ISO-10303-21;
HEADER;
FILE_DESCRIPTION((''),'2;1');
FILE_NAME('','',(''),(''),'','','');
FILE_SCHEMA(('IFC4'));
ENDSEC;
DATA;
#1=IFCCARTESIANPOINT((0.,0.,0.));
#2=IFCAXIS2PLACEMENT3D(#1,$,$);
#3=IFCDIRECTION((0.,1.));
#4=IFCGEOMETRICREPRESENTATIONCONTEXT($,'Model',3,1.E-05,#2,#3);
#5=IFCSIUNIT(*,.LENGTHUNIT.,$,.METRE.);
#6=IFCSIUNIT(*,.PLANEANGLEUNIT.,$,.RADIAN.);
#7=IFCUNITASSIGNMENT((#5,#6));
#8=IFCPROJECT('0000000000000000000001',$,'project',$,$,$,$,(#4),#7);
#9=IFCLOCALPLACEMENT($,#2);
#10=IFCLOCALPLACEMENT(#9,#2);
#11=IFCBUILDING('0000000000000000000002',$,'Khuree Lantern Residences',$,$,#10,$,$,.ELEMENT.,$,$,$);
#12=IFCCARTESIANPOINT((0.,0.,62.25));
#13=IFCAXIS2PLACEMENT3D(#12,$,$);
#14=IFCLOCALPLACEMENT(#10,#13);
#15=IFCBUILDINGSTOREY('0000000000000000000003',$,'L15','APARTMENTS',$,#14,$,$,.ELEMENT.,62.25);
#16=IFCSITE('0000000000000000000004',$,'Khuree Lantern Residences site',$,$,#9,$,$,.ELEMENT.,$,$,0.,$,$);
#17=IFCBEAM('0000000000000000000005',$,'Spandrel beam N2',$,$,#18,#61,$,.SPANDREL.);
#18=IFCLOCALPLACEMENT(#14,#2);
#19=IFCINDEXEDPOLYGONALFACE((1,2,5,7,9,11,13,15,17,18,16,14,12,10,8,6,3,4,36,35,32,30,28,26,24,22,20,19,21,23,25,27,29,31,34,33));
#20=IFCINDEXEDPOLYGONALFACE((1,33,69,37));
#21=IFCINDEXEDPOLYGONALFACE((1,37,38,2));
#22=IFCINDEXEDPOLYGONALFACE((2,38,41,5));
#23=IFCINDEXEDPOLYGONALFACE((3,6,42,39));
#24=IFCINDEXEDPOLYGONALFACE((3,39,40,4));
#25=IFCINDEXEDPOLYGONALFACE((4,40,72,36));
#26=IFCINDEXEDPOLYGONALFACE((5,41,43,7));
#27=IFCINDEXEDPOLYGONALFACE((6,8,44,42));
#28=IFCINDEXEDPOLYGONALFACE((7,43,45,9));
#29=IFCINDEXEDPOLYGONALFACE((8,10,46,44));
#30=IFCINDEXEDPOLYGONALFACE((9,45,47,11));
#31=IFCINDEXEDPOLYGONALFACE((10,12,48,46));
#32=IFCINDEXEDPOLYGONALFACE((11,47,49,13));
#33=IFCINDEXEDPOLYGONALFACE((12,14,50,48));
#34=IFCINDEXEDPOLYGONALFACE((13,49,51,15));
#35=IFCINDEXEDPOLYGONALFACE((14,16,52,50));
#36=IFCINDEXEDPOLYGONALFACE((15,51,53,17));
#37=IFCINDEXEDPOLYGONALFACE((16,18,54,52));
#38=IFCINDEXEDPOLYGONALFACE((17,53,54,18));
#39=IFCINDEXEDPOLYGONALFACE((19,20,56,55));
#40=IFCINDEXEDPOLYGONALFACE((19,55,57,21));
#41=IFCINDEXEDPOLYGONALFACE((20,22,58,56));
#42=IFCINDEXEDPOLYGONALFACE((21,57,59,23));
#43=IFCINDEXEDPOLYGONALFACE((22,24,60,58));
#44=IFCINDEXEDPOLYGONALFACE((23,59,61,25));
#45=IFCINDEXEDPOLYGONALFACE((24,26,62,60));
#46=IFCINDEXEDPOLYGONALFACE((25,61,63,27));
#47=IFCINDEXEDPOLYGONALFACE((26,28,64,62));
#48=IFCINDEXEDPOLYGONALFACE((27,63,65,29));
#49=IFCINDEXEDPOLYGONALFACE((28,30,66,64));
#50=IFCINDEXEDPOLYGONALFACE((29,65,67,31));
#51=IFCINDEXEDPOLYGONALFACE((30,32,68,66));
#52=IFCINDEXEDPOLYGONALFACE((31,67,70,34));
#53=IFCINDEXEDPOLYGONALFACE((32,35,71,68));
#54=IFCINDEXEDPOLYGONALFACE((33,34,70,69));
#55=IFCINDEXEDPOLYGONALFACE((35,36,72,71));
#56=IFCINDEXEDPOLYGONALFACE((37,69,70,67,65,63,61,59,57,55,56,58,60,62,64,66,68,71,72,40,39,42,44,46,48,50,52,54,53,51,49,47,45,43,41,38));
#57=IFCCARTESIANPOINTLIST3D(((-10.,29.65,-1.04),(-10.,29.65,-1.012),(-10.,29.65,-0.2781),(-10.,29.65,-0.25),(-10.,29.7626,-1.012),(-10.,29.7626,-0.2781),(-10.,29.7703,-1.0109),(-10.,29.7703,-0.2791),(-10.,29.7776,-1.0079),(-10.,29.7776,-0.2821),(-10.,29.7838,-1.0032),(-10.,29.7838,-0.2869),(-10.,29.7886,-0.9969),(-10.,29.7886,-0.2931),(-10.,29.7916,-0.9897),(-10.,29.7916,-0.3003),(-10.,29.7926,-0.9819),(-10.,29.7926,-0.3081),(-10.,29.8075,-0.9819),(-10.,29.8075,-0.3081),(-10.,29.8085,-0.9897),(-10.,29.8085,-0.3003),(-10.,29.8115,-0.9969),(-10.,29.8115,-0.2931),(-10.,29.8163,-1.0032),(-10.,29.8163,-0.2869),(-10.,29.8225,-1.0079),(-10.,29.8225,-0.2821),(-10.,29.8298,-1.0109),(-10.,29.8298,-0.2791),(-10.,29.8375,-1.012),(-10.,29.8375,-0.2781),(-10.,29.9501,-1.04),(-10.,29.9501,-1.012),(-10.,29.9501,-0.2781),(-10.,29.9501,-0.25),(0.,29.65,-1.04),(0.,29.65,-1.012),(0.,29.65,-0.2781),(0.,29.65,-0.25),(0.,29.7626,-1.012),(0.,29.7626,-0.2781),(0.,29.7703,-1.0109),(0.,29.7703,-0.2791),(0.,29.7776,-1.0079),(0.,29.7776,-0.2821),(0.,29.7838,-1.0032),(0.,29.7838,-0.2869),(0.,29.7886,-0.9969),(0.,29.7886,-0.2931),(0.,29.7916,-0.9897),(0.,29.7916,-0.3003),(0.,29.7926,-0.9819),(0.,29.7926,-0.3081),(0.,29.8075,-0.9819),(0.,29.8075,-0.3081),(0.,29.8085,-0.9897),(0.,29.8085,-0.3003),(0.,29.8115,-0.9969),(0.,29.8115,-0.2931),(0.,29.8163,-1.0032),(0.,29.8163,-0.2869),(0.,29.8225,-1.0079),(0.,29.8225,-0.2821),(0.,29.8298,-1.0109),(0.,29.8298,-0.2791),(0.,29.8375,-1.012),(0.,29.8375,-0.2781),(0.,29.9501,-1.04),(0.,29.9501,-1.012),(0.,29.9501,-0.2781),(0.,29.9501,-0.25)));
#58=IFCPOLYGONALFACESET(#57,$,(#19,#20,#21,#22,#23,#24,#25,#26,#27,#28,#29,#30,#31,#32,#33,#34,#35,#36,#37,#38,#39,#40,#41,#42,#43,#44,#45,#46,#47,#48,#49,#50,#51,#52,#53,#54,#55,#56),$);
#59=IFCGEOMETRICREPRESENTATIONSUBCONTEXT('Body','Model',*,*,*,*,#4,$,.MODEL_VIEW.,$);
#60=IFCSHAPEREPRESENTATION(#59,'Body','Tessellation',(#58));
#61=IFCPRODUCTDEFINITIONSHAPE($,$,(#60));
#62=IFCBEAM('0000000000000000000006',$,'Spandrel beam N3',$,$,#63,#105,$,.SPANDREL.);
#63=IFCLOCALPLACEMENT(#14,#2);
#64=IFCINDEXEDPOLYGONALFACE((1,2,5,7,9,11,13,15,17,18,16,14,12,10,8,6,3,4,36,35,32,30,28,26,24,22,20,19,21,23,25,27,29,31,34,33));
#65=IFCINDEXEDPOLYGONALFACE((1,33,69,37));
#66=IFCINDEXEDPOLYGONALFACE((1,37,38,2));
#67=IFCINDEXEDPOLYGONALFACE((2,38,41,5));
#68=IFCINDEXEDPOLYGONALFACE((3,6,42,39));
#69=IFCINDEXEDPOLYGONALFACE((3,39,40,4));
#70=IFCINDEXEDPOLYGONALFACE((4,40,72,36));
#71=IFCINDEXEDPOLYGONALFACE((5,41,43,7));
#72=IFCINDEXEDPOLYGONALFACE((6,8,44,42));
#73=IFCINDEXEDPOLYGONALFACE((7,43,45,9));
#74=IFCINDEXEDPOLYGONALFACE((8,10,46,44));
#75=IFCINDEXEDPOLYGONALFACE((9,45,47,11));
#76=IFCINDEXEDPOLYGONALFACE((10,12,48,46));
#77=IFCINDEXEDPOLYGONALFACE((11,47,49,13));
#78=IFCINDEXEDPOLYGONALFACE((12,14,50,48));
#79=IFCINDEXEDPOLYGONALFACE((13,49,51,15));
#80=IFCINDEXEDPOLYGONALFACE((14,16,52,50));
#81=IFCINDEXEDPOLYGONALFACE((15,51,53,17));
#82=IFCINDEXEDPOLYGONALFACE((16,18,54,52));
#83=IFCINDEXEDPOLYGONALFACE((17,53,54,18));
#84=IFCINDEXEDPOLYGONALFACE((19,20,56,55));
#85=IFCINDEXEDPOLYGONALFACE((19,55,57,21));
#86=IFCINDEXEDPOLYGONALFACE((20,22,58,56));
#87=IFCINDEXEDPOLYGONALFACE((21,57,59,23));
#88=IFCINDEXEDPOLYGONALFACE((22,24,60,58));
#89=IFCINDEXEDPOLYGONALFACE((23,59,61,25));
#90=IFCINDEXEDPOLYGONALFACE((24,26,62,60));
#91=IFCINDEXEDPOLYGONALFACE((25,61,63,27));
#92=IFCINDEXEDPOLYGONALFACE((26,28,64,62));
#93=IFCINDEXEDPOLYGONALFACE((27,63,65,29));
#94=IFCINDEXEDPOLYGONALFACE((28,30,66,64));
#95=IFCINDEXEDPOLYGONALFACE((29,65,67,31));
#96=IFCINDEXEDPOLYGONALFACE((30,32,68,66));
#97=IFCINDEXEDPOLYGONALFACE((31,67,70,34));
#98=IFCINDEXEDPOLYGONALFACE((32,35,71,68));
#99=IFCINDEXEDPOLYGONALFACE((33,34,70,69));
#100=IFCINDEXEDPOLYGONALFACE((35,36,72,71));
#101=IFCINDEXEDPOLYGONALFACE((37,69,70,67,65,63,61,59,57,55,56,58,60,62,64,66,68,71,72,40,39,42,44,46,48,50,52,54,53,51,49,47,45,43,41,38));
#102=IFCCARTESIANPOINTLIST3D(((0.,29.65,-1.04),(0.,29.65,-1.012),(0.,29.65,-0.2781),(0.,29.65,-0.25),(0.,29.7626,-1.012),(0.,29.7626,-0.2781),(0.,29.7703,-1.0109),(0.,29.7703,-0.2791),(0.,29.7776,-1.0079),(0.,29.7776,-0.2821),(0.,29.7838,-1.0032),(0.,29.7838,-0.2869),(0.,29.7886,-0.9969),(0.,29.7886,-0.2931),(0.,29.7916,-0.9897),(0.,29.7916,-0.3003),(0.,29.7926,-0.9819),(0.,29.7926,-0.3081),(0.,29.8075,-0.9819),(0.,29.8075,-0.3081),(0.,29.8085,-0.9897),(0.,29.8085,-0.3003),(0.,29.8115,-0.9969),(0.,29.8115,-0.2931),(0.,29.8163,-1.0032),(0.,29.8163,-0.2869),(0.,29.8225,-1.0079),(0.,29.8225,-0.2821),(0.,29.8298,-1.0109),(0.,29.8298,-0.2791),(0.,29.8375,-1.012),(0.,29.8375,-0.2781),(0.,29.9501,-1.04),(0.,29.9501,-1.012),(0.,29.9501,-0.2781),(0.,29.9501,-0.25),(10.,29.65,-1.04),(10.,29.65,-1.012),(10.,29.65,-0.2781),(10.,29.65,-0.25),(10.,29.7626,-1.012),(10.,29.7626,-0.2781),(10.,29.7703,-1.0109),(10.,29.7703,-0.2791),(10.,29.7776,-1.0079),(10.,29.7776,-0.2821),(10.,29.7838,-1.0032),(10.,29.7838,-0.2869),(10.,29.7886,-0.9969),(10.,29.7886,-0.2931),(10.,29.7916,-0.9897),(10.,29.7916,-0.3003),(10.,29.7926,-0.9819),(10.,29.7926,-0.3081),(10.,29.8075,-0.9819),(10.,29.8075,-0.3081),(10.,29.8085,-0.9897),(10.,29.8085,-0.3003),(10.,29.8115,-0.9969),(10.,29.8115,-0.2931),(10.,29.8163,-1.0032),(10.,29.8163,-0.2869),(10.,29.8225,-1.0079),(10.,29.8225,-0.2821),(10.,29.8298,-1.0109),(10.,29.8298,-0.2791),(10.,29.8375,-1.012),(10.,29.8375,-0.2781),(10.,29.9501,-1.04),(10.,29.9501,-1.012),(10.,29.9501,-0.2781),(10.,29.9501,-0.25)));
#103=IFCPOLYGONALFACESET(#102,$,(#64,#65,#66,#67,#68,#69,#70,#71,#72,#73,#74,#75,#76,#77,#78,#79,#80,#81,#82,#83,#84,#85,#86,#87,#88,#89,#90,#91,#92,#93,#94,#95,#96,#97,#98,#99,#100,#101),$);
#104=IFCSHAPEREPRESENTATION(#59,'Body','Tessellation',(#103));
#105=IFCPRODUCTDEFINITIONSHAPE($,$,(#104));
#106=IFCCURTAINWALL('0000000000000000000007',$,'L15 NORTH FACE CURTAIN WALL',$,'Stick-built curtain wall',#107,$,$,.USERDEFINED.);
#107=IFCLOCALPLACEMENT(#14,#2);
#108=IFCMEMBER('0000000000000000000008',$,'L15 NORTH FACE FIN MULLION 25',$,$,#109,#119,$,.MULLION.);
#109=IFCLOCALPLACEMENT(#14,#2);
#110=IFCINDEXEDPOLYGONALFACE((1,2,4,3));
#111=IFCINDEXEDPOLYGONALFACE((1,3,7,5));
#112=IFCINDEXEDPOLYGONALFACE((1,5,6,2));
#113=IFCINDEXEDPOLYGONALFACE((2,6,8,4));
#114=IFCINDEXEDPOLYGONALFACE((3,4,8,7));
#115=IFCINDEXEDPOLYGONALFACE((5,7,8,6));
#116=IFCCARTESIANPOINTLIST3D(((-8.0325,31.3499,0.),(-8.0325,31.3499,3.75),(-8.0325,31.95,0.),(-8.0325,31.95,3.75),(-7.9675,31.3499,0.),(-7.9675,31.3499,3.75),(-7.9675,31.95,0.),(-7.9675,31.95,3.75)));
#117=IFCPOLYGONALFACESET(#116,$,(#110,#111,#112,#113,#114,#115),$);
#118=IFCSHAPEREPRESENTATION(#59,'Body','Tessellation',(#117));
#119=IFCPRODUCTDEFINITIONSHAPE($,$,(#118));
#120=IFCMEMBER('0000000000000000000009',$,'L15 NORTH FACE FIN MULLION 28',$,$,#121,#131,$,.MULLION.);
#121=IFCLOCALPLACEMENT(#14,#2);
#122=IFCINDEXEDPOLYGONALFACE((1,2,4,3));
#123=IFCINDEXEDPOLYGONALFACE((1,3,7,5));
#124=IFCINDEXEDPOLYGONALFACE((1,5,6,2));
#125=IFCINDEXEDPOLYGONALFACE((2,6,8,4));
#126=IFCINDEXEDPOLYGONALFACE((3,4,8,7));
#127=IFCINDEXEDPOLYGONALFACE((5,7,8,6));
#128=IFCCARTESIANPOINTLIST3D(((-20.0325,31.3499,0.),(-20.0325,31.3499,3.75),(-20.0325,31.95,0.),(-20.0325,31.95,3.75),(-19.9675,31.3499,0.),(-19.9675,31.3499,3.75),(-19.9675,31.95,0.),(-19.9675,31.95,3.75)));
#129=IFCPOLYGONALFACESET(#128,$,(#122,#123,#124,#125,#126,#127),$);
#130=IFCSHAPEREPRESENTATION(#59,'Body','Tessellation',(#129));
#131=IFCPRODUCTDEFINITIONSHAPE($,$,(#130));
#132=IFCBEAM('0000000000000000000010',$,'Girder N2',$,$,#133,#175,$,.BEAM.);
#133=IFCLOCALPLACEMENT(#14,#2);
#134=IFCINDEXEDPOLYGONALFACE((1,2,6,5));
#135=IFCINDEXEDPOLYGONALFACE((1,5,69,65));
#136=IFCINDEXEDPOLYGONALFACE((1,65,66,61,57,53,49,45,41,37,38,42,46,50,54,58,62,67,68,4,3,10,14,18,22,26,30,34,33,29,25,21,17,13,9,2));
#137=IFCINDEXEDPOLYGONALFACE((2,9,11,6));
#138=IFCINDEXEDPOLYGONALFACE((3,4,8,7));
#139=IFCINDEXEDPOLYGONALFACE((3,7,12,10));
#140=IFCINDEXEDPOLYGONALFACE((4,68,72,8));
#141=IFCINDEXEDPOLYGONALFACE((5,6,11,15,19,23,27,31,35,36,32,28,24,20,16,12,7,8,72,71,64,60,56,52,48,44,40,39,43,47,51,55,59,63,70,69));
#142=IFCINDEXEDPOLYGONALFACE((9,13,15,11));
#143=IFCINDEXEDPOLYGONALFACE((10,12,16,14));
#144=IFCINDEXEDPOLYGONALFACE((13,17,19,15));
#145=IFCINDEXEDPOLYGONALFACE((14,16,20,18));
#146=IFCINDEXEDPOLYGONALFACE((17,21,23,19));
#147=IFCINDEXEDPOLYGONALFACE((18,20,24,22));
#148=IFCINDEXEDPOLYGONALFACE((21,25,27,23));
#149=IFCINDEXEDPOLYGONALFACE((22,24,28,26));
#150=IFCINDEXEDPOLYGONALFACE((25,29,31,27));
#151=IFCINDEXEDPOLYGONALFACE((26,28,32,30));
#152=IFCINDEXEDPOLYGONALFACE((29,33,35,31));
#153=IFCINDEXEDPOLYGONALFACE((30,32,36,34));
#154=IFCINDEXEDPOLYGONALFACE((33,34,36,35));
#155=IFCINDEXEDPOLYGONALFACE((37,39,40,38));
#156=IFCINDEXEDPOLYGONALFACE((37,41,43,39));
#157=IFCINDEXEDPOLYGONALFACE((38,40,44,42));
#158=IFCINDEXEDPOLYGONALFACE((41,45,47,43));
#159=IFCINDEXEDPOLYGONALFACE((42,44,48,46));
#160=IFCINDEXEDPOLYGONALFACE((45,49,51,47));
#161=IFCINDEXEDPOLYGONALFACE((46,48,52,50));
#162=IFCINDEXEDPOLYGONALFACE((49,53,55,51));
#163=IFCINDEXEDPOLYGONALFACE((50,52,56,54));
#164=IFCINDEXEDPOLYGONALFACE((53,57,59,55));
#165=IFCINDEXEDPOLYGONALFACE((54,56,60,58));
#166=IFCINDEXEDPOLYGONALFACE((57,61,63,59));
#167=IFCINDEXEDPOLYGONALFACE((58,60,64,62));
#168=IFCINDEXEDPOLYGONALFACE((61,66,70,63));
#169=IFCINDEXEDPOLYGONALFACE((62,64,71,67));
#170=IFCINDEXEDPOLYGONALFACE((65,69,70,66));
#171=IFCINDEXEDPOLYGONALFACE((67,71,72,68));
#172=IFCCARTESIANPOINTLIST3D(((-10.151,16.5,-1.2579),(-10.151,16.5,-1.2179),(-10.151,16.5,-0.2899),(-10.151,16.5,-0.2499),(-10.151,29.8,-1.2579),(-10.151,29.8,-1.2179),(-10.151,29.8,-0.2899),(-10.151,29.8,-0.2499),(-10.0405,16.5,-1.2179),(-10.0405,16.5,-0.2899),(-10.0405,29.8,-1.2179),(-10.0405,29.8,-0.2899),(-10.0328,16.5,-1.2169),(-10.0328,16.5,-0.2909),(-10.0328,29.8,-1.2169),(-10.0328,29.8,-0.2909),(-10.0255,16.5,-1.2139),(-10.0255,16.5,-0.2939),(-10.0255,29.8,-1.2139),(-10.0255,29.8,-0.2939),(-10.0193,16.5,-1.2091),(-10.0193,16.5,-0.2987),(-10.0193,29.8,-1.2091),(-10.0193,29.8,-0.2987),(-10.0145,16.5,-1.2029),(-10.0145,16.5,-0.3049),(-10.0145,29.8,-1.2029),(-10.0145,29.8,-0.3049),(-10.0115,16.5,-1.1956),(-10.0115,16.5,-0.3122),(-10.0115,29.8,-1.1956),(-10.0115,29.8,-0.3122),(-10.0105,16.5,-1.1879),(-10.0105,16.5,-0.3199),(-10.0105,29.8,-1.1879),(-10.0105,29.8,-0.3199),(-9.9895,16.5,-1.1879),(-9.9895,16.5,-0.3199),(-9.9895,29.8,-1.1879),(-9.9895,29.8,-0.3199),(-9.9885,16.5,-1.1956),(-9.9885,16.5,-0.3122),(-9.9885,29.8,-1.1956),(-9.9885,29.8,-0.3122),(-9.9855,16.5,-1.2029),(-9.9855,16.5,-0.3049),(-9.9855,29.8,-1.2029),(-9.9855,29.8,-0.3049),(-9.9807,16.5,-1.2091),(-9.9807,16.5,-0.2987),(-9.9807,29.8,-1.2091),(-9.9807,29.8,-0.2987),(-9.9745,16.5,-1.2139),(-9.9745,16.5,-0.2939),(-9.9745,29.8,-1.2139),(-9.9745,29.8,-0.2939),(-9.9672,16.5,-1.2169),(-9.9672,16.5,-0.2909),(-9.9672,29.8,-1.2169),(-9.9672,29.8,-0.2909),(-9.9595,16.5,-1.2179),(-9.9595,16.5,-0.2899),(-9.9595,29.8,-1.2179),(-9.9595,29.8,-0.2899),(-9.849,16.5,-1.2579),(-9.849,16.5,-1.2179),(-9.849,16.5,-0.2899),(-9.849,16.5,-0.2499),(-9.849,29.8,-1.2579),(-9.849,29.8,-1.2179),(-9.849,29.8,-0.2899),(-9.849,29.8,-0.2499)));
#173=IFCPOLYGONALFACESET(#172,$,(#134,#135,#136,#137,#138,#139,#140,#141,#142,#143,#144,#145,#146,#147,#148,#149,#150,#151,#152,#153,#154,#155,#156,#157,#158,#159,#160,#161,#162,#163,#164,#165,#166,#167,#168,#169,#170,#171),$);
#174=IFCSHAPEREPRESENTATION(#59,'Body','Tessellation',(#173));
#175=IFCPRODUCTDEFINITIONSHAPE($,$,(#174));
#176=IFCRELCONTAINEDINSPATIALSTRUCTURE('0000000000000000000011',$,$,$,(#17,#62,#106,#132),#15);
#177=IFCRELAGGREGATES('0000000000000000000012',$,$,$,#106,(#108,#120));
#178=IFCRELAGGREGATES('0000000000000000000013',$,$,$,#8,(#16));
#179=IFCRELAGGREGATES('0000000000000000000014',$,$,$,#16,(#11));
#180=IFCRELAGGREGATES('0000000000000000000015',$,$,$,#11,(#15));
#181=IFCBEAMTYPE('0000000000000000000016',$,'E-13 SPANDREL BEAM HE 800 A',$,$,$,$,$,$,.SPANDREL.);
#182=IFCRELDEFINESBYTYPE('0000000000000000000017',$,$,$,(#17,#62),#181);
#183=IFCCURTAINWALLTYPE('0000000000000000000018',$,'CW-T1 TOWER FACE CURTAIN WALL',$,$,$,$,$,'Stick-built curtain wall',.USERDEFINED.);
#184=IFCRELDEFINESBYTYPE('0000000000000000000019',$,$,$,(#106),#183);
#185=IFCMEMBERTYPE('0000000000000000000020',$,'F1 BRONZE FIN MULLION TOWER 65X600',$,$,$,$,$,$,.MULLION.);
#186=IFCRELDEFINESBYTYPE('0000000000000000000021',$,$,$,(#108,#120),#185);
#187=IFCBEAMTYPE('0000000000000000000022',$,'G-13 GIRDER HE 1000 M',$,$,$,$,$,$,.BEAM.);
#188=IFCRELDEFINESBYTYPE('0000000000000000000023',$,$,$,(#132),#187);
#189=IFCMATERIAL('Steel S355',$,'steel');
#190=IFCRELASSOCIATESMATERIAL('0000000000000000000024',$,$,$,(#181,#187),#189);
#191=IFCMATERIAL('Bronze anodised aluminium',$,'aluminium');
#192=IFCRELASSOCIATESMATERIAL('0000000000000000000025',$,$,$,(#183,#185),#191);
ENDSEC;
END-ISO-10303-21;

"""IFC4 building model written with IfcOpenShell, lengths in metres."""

from ifc_helpers import new_model, si_unit, direction, frame, origin, origin_2d, place, context, subcontext, project, spatial, rectangle, i_section, extrude, material, material_profile, profile_set, type_object, element, aggregate, save


model = new_model("IFC4")

# Units and contexts
model_context = context("Model", 3, precision=1e-05, world=origin(), true_north=direction((0.0, 1.0)))
body_context = subcontext(model_context, "Body", "Model", "MODEL_VIEW")
ifc_project = project(units=[si_unit("LENGTHUNIT", "METRE"), si_unit("PLANEANGLEUNIT", "RADIAN")], contexts=[model_context])

# Site, building, storey
site_placement = place(None, origin())
site = spatial("IfcSite", under=ifc_project, at=site_placement, Name="Khuree Lantern Residences site", CompositionType="ELEMENT", RefElevation=0.0)
building_placement = place(site_placement, origin())
building = spatial("IfcBuilding", under=site, at=building_placement, Name="Khuree Lantern Residences", CompositionType="ELEMENT")
storey_placement = place(building_placement, frame((0.0, 0.0, 62.25)))
storey = spatial("IfcBuildingStorey", under=building, at=storey_placement, Name="L15", Description="APARTMENTS", CompositionType="ELEMENT", Elevation=62.25)

# Beams
ifc_material_1 = material(Name="Steel S355", Category="steel")
ifc_material_profile_1 = material_profile(ifc_material_1, i_section(OverallWidth=0.3, OverallDepth=0.79, WebThickness=0.0149, FlangeThickness=0.0281, FilletRadius=0.03, at=origin_2d()), Name="HE 800 A")
ifc_profile_set_1 = profile_set([ifc_material_profile_1], Name="Steel S355")
beam_type_1 = type_object("IfcBeamType", Name="E-13 SPANDREL BEAM HE 800 A", PredefinedType="SPANDREL", material=ifc_profile_set_1)
for number, where, z_axis, x_axis, name in (
    (1, (-10.0, 29.8, -0.645), (1.0, 0.0, 0.0), (0.0, 1.0, 0.0), "Spandrel beam N2"),
    (2, (0.0, 29.8, -0.645), (1.0, 0.0, 0.0), (0.0, 1.0, 0.0), "Spandrel beam N3"),
):
    element("IfcBeam", number, at=place(storey_placement, frame(where, z_axis=z_axis, x_axis=x_axis)), inside=storey, type_object=beam_type_1, Name=name, PredefinedType="SPANDREL", context=body_context, shape_type="SweptSolid", body=[
        extrude(i_section(OverallWidth=0.3, OverallDepth=0.79, WebThickness=0.0149, FlangeThickness=0.0281, FilletRadius=0.03, at=origin_2d()), origin(), (0.0, 0.0, 1.0), 10.0),
    ])

# Curtain wall, members
ifc_material_2 = material(Name="Bronze anodised aluminium", Category="aluminium")
curtain_wall_type = type_object("IfcCurtainWallType", Name="CW-T1 TOWER FACE CURTAIN WALL", ElementType="Stick-built curtain wall", PredefinedType="USERDEFINED", material=ifc_material_2)
curtain_wall_placement = place(storey_placement, origin())
curtain_wall = element("IfcCurtainWall", 3, at=curtain_wall_placement, inside=storey, type_object=curtain_wall_type, Name="L15 NORTH FACE CURTAIN WALL", ObjectType="Stick-built curtain wall", PredefinedType="USERDEFINED")
ifc_material_profile_2 = material_profile(ifc_material_2, rectangle(XDim=0.0649, YDim=0.6001, at=origin_2d()), Name="F1 65X600")
ifc_profile_set_2 = profile_set([ifc_material_profile_2], Name="Bronze anodised aluminium")
member_type_1 = type_object("IfcMemberType", Name="F1 BRONZE FIN MULLION TOWER 65X600", PredefinedType="MULLION", material=ifc_profile_set_2)
member_1_placement = place(storey_placement, frame((-8.0, 31.6499, 0.0), z_axis=(0.0, 0.0, 1.0), x_axis=(-1.0, 0.0, 0.0)))
member_1 = element("IfcMember", 4, at=member_1_placement, type_object=member_type_1, Name="L15 NORTH FACE FIN MULLION 25", PredefinedType="MULLION", context=body_context, shape_type="SweptSolid", body=[
    extrude(rectangle(XDim=0.0649, YDim=0.6001, at=origin_2d()), origin(), (0.0, 0.0, 1.0), 3.75),
])
member_2_placement = place(storey_placement, frame((-20.0, 31.6499, 0.0), z_axis=(0.0, 0.0, 1.0), x_axis=(-1.0, 0.0, 0.0)))
member_2 = element("IfcMember", 5, at=member_2_placement, type_object=member_type_1, Name="L15 NORTH FACE FIN MULLION 28", PredefinedType="MULLION", context=body_context, shape_type="SweptSolid", body=[
    extrude(rectangle(XDim=0.0649, YDim=0.6001, at=origin_2d()), origin(), (0.0, 0.0, 1.0), 3.75),
])

# Beam
ifc_material_profile_3 = material_profile(ifc_material_1, i_section(OverallWidth=0.302, OverallDepth=1.0081, WebThickness=0.021, FlangeThickness=0.04, FilletRadius=0.03, at=origin_2d()), Name="HE 1000 M")
ifc_profile_set_3 = profile_set([ifc_material_profile_3], Name="Steel S355")
beam_type_2 = type_object("IfcBeamType", Name="G-13 GIRDER HE 1000 M", PredefinedType="BEAM", material=ifc_profile_set_3)
for number, where, z_axis, x_axis, name in (
    (6, (-10.0, 29.8, -0.7539), (0.0, -1.0, 0.0), (1.0, 0.0, 0.0), "Girder N2"),
):
    element("IfcBeam", number, at=place(storey_placement, frame(where, z_axis=z_axis, x_axis=x_axis)), inside=storey, type_object=beam_type_2, Name=name, PredefinedType="BEAM", context=body_context, shape_type="SweptSolid", body=[
        extrude(i_section(OverallWidth=0.302, OverallDepth=1.0081, WebThickness=0.021, FlangeThickness=0.04, FilletRadius=0.03, at=origin_2d()), origin(), (0.0, 0.0, 1.0), 13.3),
    ])

aggregate(curtain_wall, [member_1, member_2])

save(model, "model.ifc")
